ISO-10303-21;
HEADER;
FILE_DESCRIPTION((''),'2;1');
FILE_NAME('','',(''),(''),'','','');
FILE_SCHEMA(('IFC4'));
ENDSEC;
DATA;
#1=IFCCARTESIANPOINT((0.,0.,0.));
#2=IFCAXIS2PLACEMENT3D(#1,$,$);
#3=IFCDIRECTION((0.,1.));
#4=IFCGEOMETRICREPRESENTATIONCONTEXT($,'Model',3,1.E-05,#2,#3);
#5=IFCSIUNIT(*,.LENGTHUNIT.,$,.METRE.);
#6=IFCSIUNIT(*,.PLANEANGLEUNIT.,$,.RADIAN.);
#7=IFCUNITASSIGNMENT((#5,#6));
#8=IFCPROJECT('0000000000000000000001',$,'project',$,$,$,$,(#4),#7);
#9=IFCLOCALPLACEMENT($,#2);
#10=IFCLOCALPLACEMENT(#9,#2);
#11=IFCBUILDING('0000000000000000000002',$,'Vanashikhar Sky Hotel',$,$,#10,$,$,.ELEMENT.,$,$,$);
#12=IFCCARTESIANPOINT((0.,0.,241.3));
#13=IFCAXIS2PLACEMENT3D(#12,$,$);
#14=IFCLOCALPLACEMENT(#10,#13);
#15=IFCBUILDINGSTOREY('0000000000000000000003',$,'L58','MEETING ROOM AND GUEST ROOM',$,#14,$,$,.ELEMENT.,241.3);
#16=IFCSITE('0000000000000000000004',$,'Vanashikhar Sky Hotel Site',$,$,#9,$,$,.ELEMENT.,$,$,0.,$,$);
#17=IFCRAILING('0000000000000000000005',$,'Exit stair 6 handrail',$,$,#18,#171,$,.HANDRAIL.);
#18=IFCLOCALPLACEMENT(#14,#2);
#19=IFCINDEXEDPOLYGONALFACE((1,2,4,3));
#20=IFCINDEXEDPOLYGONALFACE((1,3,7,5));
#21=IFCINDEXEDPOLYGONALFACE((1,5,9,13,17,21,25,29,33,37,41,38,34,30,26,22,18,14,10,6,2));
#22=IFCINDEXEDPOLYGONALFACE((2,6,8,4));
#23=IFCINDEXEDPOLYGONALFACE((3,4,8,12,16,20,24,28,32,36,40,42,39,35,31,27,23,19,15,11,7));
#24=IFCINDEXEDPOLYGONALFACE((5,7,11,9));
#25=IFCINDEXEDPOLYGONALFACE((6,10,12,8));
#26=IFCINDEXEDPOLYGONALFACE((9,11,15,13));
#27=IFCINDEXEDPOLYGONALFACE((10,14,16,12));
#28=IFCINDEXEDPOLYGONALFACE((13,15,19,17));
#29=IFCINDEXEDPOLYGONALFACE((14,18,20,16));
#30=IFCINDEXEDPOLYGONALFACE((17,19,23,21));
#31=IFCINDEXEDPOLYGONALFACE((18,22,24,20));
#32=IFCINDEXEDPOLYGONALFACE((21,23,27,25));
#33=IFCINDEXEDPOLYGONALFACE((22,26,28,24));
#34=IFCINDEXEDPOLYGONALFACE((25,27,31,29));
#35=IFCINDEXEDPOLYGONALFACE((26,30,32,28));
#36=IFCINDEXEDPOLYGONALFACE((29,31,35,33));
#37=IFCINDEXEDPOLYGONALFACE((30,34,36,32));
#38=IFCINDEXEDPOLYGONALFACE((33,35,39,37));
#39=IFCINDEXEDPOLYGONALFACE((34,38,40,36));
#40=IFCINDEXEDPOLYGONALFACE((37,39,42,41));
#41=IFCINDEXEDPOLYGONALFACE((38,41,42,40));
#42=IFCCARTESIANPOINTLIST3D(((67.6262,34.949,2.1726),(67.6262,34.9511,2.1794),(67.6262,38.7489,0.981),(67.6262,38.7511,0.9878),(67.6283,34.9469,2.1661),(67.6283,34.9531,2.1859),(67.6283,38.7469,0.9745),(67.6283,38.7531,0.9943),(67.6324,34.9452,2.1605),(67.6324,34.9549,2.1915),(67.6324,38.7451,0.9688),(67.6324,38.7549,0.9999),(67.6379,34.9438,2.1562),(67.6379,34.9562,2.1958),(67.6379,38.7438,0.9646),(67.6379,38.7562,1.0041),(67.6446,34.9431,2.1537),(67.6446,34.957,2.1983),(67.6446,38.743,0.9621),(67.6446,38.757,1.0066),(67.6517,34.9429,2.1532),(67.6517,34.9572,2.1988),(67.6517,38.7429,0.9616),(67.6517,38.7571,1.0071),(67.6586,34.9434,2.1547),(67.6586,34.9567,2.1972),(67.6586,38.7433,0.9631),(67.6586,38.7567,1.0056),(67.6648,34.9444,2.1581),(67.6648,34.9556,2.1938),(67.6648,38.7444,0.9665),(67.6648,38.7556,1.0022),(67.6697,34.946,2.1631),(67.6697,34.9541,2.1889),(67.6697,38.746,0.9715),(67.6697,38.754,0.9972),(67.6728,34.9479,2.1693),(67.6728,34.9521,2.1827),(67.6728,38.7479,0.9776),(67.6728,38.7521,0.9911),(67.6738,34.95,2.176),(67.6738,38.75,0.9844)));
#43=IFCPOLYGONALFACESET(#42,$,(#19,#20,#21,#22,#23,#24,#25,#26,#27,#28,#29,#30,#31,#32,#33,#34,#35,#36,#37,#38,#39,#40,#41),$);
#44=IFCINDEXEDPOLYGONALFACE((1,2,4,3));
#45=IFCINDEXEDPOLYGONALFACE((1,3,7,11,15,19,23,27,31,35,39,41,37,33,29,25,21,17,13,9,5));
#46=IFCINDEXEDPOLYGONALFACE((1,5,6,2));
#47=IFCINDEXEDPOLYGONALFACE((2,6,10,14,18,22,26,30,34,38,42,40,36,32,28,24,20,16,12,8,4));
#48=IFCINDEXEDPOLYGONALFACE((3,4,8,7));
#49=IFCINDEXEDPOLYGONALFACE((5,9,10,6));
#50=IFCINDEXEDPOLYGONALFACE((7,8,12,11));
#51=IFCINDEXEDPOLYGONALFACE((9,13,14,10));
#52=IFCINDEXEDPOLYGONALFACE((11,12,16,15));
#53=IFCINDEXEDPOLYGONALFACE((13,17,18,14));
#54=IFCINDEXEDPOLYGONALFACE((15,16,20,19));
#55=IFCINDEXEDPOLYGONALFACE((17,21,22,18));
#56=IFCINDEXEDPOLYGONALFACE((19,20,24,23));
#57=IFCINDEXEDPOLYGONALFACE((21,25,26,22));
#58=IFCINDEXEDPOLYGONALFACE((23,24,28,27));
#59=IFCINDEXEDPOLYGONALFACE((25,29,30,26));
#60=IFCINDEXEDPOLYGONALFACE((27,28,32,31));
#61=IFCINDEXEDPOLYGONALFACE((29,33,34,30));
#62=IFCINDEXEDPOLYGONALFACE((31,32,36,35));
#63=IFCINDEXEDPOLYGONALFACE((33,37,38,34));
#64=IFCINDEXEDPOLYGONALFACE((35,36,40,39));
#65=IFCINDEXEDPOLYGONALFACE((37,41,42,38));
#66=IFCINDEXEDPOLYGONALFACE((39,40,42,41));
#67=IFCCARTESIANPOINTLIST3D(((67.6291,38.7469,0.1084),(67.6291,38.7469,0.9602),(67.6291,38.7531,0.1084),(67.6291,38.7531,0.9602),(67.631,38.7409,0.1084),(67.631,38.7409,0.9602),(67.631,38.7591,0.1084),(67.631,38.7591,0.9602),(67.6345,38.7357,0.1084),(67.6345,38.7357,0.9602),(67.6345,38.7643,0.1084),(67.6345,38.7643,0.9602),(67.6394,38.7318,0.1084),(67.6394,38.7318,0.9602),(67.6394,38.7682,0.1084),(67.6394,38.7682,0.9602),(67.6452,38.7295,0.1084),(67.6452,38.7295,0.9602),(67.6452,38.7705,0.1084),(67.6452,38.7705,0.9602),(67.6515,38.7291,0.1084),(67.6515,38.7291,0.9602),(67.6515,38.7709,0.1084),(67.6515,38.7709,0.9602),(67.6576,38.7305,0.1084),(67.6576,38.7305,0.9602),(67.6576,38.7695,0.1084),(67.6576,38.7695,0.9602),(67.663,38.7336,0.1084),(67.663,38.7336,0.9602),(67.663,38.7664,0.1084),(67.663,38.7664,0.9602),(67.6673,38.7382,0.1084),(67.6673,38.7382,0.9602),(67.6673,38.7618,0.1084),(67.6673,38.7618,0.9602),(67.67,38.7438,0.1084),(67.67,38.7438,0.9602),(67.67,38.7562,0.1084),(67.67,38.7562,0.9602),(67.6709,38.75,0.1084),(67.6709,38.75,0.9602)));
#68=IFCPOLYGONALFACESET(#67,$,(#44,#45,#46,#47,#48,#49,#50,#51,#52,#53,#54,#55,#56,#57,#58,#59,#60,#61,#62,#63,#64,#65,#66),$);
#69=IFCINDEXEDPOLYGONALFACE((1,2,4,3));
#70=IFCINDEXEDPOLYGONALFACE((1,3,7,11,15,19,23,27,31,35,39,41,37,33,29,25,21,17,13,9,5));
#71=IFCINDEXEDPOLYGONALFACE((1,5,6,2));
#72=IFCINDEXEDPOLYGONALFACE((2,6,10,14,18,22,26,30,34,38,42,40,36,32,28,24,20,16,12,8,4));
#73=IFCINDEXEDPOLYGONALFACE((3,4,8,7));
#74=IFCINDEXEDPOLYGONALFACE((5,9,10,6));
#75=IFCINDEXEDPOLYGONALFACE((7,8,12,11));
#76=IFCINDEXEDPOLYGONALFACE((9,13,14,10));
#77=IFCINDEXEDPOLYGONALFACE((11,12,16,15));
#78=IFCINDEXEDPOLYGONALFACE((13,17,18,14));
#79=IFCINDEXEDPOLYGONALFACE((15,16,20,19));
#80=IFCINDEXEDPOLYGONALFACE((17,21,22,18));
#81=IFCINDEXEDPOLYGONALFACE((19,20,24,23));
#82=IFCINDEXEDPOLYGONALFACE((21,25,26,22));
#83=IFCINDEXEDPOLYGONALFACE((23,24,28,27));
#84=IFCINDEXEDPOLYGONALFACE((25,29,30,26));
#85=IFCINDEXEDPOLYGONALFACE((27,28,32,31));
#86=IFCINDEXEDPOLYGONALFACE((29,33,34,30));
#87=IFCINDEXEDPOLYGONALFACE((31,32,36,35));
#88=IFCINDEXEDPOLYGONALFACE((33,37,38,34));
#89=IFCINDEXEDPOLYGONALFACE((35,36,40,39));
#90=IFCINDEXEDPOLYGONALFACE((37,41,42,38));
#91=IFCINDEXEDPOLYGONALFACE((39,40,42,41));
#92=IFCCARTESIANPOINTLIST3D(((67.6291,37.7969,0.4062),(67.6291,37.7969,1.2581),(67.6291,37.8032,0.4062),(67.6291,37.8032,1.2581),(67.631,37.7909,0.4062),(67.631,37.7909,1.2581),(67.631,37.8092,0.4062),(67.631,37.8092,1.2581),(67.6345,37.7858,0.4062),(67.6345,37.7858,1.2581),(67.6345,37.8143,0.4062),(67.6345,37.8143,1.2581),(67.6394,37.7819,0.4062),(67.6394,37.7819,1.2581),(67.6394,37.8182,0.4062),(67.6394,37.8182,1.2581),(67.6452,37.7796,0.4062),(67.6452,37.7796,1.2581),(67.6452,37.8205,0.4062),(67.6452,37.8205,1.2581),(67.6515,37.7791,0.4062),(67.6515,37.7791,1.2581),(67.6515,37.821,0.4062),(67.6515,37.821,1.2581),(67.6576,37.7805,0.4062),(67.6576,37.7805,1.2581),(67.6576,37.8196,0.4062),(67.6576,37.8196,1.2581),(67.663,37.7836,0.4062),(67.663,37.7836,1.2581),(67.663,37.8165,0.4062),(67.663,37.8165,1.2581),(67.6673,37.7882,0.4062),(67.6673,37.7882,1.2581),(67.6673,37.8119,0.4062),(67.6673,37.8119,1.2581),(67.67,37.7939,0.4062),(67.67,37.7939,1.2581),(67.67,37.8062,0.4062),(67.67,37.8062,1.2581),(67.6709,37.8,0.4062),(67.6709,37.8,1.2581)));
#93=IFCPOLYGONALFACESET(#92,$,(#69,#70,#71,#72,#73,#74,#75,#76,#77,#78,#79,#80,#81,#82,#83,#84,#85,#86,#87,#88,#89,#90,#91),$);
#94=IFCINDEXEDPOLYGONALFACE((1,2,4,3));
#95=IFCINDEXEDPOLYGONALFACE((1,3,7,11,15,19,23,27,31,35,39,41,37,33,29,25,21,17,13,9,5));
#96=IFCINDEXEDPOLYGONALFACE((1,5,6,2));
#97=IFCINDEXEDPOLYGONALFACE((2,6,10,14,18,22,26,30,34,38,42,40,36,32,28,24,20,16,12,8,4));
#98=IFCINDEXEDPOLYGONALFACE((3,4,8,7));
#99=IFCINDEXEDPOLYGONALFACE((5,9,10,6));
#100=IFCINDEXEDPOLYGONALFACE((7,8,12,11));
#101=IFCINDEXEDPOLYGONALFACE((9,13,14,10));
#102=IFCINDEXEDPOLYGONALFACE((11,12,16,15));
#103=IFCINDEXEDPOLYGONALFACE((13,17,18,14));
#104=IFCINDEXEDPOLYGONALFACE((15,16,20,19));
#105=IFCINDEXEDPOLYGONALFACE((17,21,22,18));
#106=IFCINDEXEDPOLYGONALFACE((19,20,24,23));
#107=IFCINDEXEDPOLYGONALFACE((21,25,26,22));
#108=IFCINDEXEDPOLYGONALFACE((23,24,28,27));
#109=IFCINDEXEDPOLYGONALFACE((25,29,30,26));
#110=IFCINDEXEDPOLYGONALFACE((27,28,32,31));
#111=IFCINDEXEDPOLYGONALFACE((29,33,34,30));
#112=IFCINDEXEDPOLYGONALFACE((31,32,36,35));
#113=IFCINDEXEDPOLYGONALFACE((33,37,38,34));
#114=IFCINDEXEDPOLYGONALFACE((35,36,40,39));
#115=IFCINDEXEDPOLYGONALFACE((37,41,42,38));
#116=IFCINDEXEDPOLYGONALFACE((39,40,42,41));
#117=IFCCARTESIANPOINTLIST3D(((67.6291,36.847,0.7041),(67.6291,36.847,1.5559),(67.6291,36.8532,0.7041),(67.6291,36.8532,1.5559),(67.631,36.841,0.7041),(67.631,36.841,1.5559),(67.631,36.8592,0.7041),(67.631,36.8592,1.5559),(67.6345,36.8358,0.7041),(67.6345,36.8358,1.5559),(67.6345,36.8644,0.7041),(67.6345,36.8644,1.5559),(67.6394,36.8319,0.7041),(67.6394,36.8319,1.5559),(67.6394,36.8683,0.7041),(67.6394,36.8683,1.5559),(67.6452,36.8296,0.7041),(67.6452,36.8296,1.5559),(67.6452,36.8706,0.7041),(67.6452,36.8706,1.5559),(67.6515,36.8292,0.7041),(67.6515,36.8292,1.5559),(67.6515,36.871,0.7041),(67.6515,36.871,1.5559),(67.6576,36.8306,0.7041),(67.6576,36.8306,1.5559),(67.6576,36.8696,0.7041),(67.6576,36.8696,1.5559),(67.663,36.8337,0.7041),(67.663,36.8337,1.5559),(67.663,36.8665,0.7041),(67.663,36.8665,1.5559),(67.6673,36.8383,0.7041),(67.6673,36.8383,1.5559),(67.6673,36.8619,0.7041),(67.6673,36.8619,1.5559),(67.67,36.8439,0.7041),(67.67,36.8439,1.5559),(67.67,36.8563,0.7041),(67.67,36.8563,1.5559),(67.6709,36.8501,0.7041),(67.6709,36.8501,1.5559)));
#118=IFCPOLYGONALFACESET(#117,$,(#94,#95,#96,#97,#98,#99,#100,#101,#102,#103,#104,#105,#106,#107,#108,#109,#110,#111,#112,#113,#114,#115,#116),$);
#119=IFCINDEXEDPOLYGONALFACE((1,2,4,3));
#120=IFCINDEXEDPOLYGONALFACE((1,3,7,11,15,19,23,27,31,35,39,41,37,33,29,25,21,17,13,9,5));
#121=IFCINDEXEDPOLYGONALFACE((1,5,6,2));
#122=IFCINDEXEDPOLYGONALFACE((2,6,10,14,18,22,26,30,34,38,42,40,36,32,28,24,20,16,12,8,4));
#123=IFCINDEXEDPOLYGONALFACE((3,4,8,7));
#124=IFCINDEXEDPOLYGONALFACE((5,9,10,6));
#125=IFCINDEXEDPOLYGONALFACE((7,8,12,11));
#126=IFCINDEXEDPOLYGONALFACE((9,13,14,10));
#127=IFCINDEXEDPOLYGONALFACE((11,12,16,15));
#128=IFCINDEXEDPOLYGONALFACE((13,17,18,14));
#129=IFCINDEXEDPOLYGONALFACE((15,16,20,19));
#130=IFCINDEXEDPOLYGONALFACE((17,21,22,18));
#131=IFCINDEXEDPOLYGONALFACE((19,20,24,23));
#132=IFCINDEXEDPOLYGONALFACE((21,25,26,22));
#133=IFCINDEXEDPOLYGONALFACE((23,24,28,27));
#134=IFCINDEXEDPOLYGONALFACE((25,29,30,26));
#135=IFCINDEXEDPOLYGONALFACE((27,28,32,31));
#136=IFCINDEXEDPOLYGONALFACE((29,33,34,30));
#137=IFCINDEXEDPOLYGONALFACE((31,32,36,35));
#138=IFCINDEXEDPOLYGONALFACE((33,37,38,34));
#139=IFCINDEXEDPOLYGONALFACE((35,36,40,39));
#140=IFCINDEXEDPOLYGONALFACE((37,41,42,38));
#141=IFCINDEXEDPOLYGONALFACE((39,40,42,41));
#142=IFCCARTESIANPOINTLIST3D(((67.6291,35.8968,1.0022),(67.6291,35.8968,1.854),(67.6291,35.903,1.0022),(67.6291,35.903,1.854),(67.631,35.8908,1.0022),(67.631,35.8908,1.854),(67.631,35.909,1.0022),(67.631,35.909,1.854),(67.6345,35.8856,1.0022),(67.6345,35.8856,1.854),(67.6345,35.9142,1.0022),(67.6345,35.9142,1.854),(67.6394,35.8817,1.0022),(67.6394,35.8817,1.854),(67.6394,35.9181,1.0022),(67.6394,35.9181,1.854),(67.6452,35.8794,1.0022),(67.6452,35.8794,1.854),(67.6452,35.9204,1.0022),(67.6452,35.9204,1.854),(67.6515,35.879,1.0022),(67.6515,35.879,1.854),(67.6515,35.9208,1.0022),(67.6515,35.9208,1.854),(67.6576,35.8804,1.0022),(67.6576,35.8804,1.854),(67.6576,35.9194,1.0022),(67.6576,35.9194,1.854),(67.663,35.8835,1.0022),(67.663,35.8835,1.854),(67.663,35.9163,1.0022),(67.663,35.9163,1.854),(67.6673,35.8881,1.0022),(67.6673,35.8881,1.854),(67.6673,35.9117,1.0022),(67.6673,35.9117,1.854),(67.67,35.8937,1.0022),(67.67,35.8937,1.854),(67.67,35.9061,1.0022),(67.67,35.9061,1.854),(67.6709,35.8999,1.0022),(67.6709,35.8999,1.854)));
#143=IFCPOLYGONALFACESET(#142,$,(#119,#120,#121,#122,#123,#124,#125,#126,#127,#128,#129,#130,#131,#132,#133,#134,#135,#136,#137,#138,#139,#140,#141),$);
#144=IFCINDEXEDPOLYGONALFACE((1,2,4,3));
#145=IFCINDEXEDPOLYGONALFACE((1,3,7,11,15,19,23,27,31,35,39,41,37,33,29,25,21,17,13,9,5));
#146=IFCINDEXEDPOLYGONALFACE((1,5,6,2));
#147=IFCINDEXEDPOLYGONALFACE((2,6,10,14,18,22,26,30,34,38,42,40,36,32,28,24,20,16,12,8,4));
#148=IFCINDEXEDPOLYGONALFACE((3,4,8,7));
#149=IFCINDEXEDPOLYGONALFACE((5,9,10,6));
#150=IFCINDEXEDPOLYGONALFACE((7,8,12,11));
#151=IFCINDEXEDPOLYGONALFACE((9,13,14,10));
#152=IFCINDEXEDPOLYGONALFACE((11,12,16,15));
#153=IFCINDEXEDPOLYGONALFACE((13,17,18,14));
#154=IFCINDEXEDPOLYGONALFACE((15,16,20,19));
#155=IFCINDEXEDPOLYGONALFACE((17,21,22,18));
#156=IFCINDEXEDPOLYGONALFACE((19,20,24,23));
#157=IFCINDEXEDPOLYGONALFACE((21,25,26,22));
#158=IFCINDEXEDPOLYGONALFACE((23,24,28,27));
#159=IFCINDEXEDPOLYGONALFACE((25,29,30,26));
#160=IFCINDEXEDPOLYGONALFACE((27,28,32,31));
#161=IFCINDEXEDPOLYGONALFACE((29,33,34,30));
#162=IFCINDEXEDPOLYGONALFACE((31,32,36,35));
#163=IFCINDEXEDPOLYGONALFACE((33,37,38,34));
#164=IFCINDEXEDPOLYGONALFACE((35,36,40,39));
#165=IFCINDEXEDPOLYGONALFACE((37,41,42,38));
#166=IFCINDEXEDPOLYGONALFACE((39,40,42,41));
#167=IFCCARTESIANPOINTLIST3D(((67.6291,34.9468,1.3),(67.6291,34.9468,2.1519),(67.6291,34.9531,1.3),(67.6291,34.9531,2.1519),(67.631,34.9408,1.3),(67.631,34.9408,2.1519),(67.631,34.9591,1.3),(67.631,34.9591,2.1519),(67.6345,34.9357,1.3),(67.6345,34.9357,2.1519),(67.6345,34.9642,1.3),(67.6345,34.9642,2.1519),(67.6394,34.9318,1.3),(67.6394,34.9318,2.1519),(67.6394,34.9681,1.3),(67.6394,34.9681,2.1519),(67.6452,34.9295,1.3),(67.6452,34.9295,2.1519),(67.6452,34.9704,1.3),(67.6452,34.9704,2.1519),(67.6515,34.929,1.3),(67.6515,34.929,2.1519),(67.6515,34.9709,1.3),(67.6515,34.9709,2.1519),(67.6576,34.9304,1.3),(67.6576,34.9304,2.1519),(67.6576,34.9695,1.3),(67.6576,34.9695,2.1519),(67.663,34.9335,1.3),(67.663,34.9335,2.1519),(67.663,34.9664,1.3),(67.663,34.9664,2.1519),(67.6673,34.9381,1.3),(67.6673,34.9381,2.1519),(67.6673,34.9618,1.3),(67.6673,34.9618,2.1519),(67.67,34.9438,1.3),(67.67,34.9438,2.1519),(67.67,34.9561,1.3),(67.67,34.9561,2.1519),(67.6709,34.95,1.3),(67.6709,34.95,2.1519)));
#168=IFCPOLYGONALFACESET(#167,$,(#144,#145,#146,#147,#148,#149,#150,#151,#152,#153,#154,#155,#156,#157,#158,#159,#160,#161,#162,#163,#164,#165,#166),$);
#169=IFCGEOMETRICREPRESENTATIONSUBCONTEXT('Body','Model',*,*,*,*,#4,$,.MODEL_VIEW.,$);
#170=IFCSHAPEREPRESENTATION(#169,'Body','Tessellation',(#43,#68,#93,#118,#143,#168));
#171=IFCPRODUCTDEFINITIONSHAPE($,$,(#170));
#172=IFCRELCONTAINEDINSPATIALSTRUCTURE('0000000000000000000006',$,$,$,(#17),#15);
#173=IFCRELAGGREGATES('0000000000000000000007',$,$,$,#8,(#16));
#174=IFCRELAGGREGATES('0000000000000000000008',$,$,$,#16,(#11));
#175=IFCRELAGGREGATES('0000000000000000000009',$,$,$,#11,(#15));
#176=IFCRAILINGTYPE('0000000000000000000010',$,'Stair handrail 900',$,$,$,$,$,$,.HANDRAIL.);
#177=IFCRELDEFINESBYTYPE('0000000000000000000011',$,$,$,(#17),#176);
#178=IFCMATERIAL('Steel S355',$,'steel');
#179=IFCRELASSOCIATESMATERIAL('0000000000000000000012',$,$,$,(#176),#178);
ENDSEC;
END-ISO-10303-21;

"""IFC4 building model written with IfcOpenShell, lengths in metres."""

from ifc_helpers import new_model, si_unit, direction, frame, origin, origin_2d, place, context, subcontext, project, spatial, circle, extrude, source, transform, mapped, material, type_object, element, save


model = new_model("IFC4")

# Units and contexts
model_context = context("Model", 3, precision=1e-05, world=origin(), true_north=direction((0.0, 1.0)))
body_context = subcontext(model_context, "Body", "Model", "MODEL_VIEW")
ifc_project = project(units=[si_unit("LENGTHUNIT", "METRE"), si_unit("PLANEANGLEUNIT", "RADIAN")], contexts=[model_context])

# Site, building, storey
site_placement = place(None, origin())
site = spatial("IfcSite", under=ifc_project, at=site_placement, Name="Vanashikhar Sky Hotel Site", CompositionType="ELEMENT", RefElevation=0.0)
building_placement = place(site_placement, origin())
building = spatial("IfcBuilding", under=site, at=building_placement, Name="Vanashikhar Sky Hotel", CompositionType="ELEMENT")
storey_placement = place(building_placement, frame((0.0, 0.0, 241.3)))
storey = spatial("IfcBuildingStorey", under=building, at=storey_placement, Name="L58", Description="MEETING ROOM AND GUEST ROOM", CompositionType="ELEMENT", Elevation=241.3)

# Railing
ifc_material_1 = material(Name="Steel S355", Category="steel")
railing_type_1 = type_object("IfcRailingType", Name="Stair handrail 900", PredefinedType="HANDRAIL", material=ifc_material_1)
shared_shape_1 = source(origin(), body_context, "Body", "SweptSolid", [
    extrude(circle(Radius=0.0239, at=origin_2d()), frame((0.0, 0.0, 0.876), z_axis=(0.0, -0.954184, 0.299221), x_axis=(1.0, 0.0, 0.0)), (0.0, 0.0, 1.0), 3.9824),
    extrude(circle(Radius=0.021, at=origin_2d()), origin(), (0.0, 0.0, 1.0), 0.8518),
    extrude(circle(Radius=0.021, at=origin_2d()), frame((0.0, -0.95, 0.2979)), (0.0, 0.0, 1.0), 0.8518),
    extrude(circle(Radius=0.021, at=origin_2d()), frame((0.0, -1.8999, 0.5957)), (0.0, 0.0, 1.0), 0.8518),
    extrude(circle(Radius=0.021, at=origin_2d()), frame((0.0, -2.8501, 0.8938)), (0.0, 0.0, 1.0), 0.8518),
    extrude(circle(Radius=0.021, at=origin_2d()), frame((0.0, -3.8, 1.1917)), (0.0, 0.0, 1.0), 0.8518),
])
for number, where, name in (
    (1, (67.6499, 38.75, 0.1084), "Exit stair 6 handrail"),
):
    element("IfcRailing", number, at=place(storey_placement, frame(where)), inside=storey, type_object=railing_type_1, Name=name, PredefinedType="HANDRAIL", context=body_context, shape_type="MappedRepresentation", body=[
        mapped(shared_shape_1, transform((0.0, 0.0, 0.0), scale=1.0)),
    ])

save(model, "model.ifc")
